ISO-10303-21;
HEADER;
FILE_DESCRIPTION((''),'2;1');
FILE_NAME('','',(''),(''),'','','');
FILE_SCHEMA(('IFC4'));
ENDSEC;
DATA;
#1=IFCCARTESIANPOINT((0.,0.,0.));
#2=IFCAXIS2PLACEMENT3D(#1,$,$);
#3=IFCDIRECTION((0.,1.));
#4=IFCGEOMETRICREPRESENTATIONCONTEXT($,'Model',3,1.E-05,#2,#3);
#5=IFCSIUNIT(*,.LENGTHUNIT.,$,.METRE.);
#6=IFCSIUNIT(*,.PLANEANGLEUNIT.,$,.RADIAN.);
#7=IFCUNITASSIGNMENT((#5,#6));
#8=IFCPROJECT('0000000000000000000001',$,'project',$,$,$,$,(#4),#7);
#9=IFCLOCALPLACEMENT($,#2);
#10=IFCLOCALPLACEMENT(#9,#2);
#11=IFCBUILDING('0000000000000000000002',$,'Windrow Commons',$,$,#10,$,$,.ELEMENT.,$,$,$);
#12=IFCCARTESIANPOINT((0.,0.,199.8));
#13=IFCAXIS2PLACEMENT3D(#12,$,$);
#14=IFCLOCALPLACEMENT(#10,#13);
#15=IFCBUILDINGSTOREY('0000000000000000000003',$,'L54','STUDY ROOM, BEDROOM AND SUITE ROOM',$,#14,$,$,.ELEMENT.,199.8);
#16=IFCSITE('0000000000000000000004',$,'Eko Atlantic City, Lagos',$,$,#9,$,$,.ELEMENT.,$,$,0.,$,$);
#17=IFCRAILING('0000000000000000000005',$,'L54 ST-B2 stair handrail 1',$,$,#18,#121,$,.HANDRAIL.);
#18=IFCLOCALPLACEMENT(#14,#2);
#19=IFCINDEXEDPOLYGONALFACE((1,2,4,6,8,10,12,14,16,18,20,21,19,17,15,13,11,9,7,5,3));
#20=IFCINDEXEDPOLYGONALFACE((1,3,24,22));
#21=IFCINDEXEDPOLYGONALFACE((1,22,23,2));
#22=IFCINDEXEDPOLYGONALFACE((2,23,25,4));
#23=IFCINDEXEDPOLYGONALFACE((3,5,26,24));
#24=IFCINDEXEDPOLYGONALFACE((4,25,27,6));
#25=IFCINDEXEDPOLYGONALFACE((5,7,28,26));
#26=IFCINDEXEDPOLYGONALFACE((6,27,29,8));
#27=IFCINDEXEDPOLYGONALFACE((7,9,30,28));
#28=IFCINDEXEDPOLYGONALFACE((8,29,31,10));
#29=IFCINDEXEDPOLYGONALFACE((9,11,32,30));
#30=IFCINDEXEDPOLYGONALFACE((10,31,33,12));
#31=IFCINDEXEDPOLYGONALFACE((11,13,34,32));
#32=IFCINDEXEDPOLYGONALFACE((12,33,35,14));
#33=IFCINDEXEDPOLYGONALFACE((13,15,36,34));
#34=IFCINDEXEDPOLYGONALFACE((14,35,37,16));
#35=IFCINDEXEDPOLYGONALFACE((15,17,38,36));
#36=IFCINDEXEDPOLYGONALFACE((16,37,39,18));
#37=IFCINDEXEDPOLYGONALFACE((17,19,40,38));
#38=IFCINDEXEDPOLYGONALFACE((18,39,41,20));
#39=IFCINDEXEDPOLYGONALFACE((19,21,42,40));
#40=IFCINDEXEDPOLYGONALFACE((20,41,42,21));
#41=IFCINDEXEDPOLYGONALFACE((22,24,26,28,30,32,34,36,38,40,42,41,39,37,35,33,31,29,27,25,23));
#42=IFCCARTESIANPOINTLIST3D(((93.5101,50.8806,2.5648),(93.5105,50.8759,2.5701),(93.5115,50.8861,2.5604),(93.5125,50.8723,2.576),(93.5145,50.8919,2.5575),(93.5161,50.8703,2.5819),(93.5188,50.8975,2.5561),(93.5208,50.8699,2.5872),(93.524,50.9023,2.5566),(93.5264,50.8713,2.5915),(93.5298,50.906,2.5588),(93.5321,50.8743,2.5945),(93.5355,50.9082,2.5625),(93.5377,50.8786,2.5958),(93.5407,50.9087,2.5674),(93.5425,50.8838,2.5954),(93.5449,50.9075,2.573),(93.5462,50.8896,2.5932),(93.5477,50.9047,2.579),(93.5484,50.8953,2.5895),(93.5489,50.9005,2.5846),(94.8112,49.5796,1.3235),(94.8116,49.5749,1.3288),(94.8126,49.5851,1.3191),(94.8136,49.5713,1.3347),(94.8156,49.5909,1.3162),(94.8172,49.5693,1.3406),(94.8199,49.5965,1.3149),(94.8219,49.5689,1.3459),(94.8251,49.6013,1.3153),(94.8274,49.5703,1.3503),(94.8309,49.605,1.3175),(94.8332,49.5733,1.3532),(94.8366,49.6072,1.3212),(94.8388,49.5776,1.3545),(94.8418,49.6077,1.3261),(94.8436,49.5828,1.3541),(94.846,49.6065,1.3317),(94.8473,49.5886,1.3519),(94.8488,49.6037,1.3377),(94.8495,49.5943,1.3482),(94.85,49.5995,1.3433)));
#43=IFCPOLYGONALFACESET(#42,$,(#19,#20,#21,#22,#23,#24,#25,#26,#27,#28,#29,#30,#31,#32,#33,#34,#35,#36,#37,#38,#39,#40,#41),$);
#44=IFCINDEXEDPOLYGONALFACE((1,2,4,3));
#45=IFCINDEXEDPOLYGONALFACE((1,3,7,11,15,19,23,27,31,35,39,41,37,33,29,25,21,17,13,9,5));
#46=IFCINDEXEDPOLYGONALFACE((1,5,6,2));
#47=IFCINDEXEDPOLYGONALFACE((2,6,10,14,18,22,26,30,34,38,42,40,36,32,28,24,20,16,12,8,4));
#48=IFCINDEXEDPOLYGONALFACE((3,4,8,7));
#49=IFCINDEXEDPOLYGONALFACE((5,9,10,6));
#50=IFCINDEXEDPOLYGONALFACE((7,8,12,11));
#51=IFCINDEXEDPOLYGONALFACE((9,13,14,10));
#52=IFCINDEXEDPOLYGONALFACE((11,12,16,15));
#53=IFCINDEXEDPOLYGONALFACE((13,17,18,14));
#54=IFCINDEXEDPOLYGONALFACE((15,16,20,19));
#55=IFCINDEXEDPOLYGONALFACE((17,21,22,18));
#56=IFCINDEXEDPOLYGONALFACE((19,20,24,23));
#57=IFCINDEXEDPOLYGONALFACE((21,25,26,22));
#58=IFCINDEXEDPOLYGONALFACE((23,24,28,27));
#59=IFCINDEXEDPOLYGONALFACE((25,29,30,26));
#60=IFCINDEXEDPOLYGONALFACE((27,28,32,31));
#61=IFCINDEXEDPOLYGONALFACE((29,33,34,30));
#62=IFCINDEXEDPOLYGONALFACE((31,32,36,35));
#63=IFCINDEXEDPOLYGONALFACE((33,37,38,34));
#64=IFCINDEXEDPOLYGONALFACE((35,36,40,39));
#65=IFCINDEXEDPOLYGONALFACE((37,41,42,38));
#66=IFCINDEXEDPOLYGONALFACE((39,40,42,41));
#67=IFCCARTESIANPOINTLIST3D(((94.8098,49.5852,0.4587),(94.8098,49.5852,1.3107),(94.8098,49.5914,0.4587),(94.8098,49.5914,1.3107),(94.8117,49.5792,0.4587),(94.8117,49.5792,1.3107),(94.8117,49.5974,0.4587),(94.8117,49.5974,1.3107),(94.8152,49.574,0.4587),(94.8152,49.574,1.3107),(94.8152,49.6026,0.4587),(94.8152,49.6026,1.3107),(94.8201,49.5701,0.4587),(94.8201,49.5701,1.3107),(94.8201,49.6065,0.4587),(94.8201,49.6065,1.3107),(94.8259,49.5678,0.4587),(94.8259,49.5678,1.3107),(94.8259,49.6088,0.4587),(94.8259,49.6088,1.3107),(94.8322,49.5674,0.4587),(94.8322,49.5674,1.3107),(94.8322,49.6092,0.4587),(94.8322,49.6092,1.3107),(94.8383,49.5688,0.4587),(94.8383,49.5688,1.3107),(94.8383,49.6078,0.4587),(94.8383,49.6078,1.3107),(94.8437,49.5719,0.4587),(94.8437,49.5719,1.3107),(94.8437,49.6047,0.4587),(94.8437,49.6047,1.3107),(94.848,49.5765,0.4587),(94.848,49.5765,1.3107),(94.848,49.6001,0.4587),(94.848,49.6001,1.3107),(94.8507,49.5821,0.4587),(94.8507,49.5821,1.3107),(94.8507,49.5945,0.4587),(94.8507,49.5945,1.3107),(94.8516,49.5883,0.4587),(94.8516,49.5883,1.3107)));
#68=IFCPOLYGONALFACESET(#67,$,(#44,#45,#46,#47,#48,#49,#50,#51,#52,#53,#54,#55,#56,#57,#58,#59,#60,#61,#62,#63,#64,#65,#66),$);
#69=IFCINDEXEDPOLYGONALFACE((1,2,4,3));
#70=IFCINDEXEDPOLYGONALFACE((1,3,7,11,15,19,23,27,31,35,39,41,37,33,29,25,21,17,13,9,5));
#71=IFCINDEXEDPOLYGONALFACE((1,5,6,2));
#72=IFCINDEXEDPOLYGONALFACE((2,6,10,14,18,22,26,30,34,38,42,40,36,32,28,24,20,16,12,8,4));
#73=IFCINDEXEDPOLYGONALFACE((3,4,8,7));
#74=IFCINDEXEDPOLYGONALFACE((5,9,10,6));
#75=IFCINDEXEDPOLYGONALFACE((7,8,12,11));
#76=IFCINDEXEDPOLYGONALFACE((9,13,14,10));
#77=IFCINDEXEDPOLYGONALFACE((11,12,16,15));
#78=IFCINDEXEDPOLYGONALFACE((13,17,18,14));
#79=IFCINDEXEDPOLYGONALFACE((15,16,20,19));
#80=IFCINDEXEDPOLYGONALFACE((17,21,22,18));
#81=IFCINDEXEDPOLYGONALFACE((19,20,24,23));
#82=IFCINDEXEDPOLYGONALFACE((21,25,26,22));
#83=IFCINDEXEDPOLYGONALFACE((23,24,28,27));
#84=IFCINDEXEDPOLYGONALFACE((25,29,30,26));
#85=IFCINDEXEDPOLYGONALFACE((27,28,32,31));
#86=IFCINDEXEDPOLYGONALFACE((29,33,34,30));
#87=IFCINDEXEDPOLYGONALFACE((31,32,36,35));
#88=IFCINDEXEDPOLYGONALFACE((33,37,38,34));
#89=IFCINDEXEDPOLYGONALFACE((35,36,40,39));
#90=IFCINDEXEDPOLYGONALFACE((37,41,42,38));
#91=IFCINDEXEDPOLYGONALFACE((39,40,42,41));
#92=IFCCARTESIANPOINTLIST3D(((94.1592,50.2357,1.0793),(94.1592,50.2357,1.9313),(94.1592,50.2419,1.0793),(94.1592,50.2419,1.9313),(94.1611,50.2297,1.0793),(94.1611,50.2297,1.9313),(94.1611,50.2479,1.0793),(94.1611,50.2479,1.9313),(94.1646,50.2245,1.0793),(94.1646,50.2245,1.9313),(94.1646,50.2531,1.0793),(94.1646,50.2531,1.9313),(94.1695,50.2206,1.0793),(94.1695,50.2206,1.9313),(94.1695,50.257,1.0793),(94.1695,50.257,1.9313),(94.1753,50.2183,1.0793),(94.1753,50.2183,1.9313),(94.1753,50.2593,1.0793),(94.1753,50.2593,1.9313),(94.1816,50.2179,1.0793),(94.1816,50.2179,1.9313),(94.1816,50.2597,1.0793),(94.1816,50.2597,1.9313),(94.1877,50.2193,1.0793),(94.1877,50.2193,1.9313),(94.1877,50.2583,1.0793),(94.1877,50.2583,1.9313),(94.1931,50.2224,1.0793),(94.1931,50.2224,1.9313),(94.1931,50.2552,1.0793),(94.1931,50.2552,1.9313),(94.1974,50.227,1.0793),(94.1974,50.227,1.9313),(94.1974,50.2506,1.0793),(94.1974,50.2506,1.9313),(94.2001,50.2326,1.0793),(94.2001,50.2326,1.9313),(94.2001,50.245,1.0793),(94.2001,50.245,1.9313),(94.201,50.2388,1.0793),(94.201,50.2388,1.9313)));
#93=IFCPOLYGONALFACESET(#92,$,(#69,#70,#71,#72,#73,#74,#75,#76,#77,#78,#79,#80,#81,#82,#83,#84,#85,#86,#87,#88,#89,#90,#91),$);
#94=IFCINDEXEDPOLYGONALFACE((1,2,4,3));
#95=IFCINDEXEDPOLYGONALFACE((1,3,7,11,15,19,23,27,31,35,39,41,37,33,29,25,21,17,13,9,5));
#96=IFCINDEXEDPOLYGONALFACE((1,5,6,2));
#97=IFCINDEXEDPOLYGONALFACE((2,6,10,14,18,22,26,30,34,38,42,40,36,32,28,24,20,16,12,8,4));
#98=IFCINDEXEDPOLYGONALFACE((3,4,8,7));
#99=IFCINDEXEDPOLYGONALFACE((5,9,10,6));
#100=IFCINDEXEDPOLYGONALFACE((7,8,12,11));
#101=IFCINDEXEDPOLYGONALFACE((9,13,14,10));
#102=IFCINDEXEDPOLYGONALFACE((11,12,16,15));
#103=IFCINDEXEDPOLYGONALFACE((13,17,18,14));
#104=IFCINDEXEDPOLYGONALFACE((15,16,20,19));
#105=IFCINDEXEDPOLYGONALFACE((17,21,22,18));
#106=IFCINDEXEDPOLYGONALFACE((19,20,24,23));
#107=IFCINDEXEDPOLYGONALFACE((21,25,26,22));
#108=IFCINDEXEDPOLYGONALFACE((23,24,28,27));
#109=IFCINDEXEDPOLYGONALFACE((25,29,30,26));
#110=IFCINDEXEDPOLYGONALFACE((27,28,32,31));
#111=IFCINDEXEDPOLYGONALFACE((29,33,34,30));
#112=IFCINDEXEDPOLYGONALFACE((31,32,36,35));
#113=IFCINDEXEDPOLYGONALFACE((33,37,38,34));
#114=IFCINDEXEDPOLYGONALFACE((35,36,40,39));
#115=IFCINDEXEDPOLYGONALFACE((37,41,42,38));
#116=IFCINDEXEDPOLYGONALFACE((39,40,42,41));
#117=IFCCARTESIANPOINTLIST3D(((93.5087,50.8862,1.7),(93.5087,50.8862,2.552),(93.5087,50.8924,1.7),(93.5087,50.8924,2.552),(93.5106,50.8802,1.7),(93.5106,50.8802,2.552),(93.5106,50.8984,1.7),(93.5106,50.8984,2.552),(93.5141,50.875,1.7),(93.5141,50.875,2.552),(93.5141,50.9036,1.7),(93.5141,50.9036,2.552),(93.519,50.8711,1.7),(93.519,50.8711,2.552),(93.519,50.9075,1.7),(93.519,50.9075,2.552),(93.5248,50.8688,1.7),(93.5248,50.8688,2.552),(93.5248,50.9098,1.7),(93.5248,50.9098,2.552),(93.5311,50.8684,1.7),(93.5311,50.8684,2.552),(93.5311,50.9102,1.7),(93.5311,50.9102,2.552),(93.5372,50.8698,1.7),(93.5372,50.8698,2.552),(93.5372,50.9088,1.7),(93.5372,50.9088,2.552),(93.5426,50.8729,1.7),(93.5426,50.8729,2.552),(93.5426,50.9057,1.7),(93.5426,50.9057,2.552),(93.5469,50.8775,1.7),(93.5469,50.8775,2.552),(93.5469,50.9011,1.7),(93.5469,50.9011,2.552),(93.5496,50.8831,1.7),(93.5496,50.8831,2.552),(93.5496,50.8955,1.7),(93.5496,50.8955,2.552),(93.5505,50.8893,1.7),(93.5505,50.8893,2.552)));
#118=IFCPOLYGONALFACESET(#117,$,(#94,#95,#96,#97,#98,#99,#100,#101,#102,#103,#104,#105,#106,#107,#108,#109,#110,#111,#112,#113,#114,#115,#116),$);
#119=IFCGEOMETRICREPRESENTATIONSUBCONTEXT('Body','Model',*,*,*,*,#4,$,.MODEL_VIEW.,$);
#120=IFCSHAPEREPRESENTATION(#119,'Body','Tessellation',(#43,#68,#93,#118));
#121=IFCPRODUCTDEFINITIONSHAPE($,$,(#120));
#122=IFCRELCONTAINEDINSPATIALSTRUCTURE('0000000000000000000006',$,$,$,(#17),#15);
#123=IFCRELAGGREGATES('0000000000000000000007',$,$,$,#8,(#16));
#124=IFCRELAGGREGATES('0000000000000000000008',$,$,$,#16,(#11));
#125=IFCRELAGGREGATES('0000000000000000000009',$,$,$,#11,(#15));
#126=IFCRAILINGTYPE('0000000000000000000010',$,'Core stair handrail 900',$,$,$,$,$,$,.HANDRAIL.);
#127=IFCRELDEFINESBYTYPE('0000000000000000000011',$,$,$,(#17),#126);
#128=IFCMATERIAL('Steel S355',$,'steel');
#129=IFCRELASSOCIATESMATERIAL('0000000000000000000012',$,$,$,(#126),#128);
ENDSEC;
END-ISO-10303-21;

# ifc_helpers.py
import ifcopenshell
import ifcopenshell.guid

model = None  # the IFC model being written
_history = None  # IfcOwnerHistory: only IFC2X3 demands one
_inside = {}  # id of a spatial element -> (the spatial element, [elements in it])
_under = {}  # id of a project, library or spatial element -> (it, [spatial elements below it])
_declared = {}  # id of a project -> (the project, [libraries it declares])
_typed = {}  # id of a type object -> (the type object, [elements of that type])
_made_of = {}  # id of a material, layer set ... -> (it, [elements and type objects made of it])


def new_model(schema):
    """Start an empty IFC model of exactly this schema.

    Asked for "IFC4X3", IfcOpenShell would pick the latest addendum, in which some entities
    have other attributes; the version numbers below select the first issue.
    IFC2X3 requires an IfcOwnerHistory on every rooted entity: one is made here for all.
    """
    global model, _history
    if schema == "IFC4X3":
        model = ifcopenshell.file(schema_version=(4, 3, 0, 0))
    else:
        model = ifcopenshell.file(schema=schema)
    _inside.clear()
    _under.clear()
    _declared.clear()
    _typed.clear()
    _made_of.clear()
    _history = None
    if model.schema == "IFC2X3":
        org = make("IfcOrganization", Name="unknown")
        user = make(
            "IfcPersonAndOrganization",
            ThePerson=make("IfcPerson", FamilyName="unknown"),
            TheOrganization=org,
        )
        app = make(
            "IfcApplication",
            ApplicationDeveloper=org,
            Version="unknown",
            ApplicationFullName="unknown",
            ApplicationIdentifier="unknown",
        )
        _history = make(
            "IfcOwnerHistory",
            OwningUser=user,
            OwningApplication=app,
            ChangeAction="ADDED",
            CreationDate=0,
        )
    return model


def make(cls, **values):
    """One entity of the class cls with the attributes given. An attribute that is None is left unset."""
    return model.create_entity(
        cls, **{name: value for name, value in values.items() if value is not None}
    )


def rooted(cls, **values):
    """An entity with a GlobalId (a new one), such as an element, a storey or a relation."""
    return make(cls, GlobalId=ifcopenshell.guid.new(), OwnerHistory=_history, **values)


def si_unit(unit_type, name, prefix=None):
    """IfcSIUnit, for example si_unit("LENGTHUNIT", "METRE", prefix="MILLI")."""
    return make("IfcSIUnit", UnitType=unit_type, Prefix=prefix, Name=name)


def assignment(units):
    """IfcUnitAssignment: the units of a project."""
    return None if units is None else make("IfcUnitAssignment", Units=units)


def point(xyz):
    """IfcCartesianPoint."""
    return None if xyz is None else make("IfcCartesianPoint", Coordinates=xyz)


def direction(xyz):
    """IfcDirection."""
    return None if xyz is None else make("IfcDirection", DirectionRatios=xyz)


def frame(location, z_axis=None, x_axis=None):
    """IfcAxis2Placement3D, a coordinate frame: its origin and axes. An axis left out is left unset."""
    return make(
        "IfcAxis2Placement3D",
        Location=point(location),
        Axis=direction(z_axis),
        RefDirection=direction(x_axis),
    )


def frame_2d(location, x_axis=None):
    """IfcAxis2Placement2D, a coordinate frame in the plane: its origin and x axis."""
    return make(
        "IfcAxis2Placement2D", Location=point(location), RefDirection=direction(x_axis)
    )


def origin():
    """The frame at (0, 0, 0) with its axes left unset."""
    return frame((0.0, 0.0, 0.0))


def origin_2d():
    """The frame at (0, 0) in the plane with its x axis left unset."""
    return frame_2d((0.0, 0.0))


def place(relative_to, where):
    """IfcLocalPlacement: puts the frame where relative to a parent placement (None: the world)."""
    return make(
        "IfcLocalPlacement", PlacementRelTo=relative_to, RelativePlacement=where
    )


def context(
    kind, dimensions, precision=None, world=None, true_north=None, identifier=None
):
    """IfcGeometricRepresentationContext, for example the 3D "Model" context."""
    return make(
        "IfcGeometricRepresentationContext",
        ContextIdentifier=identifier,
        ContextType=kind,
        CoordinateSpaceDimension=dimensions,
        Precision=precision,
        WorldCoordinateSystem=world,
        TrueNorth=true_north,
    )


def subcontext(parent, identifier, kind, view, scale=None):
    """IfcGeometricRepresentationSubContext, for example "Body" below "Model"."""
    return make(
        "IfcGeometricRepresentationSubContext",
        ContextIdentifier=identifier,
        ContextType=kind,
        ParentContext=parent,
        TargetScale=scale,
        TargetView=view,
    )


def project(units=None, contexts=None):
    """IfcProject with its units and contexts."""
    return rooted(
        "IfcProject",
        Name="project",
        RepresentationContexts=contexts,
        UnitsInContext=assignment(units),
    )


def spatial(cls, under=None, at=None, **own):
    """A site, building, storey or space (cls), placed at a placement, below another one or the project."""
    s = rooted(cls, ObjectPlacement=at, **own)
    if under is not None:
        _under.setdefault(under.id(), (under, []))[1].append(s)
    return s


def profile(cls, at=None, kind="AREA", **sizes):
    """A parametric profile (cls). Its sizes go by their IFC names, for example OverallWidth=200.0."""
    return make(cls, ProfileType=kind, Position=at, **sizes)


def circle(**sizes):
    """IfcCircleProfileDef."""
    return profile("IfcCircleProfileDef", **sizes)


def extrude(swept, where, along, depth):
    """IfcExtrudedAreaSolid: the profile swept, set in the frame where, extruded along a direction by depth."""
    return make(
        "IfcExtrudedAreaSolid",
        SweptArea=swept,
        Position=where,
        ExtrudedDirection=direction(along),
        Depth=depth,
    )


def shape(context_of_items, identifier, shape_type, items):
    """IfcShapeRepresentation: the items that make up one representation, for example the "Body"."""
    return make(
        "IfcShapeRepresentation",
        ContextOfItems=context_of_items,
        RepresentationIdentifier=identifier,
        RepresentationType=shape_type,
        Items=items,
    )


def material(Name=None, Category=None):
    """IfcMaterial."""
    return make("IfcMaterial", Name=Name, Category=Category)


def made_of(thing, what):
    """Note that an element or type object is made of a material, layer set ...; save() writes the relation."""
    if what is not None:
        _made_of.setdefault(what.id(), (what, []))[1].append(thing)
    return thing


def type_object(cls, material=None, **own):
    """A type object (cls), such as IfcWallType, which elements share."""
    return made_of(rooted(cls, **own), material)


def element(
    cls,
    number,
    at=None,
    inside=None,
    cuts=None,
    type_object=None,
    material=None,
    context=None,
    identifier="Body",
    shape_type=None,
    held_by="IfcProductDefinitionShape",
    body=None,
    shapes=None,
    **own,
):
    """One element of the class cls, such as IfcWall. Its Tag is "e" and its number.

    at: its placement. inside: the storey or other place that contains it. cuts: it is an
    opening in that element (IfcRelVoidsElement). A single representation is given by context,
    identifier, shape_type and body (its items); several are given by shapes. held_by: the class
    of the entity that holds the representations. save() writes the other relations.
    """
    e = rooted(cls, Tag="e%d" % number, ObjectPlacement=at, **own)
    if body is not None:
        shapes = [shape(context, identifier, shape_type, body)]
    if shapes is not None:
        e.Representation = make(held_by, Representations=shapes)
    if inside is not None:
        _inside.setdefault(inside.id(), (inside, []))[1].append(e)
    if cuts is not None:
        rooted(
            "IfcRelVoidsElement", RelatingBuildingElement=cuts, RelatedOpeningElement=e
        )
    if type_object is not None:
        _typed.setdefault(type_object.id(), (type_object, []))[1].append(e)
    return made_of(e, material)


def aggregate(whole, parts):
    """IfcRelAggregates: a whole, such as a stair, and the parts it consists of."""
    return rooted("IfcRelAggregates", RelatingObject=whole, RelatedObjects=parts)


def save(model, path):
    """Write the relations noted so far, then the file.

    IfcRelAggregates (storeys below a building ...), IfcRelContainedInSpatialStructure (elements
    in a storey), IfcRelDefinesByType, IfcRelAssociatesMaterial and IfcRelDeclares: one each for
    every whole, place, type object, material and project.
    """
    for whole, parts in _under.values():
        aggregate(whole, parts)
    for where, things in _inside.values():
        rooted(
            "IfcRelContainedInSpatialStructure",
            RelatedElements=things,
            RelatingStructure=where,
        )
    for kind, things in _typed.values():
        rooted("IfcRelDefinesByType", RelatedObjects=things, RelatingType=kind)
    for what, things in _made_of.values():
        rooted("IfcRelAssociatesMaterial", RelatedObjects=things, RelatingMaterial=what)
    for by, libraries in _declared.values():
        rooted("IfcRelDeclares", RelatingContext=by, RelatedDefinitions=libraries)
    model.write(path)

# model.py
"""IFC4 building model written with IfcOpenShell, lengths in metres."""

from ifc_helpers import new_model, si_unit, direction, frame, origin, origin_2d, place, context, subcontext, project, spatial, circle, extrude, material, type_object, element, save


model = new_model("IFC4")

# Units and contexts
model_context = context("Model", 3, precision=1e-05, world=origin(), true_north=direction((0.0, 1.0)))
body_context = subcontext(model_context, "Body", "Model", "MODEL_VIEW")
ifc_project = project(units=[si_unit("LENGTHUNIT", "METRE"), si_unit("PLANEANGLEUNIT", "RADIAN")], contexts=[model_context])

# Site, building, storey
site_placement = place(None, origin())
site = spatial("IfcSite", under=ifc_project, at=site_placement, Name="Eko Atlantic City, Lagos", CompositionType="ELEMENT", RefElevation=0.0)
building_placement = place(site_placement, origin())
building = spatial("IfcBuilding", under=site, at=building_placement, Name="Windrow Commons", CompositionType="ELEMENT")
storey_placement = place(building_placement, frame((0.0, 0.0, 199.8)))
storey = spatial("IfcBuildingStorey", under=building, at=storey_placement, Name="L54", Description="STUDY ROOM, BEDROOM AND SUITE ROOM", CompositionType="ELEMENT", Elevation=199.8)

# Railing
ifc_material_1 = material(Name="Steel S355", Category="steel")
railing_type_1 = type_object("IfcRailingType", Name="Core stair handrail 900", PredefinedType="HANDRAIL", material=ifc_material_1)
railing_1_placement = place(storey_placement, frame((94.8306, 49.5883, 0.4587)))
element("IfcRailing", 1, at=railing_1_placement, inside=storey, type_object=railing_type_1, Name="L54 ST-B2 stair handrail 1", PredefinedType="HANDRAIL", context=body_context, shape_type="SweptSolid", body=[
    extrude(circle(Radius=0.024, at=origin_2d()), frame((0.0, 0.0, 0.876), z_axis=(-0.586207, 0.586162, 0.559264), x_axis=(-0.70708, -0.707134, 0.0)), (0.0, 0.0, 1.0), 2.2195),
    extrude(circle(Radius=0.021, at=origin_2d()), origin(), (0.0, 0.0, 1.0), 0.852),
    extrude(circle(Radius=0.021, at=origin_2d()), frame((-0.6506, 0.6505, 0.6206)), (0.0, 0.0, 1.0), 0.852),
    extrude(circle(Radius=0.021, at=origin_2d()), frame((-1.3011, 1.301, 1.2413)), (0.0, 0.0, 1.0), 0.852),
])

save(model, "model.ifc")
